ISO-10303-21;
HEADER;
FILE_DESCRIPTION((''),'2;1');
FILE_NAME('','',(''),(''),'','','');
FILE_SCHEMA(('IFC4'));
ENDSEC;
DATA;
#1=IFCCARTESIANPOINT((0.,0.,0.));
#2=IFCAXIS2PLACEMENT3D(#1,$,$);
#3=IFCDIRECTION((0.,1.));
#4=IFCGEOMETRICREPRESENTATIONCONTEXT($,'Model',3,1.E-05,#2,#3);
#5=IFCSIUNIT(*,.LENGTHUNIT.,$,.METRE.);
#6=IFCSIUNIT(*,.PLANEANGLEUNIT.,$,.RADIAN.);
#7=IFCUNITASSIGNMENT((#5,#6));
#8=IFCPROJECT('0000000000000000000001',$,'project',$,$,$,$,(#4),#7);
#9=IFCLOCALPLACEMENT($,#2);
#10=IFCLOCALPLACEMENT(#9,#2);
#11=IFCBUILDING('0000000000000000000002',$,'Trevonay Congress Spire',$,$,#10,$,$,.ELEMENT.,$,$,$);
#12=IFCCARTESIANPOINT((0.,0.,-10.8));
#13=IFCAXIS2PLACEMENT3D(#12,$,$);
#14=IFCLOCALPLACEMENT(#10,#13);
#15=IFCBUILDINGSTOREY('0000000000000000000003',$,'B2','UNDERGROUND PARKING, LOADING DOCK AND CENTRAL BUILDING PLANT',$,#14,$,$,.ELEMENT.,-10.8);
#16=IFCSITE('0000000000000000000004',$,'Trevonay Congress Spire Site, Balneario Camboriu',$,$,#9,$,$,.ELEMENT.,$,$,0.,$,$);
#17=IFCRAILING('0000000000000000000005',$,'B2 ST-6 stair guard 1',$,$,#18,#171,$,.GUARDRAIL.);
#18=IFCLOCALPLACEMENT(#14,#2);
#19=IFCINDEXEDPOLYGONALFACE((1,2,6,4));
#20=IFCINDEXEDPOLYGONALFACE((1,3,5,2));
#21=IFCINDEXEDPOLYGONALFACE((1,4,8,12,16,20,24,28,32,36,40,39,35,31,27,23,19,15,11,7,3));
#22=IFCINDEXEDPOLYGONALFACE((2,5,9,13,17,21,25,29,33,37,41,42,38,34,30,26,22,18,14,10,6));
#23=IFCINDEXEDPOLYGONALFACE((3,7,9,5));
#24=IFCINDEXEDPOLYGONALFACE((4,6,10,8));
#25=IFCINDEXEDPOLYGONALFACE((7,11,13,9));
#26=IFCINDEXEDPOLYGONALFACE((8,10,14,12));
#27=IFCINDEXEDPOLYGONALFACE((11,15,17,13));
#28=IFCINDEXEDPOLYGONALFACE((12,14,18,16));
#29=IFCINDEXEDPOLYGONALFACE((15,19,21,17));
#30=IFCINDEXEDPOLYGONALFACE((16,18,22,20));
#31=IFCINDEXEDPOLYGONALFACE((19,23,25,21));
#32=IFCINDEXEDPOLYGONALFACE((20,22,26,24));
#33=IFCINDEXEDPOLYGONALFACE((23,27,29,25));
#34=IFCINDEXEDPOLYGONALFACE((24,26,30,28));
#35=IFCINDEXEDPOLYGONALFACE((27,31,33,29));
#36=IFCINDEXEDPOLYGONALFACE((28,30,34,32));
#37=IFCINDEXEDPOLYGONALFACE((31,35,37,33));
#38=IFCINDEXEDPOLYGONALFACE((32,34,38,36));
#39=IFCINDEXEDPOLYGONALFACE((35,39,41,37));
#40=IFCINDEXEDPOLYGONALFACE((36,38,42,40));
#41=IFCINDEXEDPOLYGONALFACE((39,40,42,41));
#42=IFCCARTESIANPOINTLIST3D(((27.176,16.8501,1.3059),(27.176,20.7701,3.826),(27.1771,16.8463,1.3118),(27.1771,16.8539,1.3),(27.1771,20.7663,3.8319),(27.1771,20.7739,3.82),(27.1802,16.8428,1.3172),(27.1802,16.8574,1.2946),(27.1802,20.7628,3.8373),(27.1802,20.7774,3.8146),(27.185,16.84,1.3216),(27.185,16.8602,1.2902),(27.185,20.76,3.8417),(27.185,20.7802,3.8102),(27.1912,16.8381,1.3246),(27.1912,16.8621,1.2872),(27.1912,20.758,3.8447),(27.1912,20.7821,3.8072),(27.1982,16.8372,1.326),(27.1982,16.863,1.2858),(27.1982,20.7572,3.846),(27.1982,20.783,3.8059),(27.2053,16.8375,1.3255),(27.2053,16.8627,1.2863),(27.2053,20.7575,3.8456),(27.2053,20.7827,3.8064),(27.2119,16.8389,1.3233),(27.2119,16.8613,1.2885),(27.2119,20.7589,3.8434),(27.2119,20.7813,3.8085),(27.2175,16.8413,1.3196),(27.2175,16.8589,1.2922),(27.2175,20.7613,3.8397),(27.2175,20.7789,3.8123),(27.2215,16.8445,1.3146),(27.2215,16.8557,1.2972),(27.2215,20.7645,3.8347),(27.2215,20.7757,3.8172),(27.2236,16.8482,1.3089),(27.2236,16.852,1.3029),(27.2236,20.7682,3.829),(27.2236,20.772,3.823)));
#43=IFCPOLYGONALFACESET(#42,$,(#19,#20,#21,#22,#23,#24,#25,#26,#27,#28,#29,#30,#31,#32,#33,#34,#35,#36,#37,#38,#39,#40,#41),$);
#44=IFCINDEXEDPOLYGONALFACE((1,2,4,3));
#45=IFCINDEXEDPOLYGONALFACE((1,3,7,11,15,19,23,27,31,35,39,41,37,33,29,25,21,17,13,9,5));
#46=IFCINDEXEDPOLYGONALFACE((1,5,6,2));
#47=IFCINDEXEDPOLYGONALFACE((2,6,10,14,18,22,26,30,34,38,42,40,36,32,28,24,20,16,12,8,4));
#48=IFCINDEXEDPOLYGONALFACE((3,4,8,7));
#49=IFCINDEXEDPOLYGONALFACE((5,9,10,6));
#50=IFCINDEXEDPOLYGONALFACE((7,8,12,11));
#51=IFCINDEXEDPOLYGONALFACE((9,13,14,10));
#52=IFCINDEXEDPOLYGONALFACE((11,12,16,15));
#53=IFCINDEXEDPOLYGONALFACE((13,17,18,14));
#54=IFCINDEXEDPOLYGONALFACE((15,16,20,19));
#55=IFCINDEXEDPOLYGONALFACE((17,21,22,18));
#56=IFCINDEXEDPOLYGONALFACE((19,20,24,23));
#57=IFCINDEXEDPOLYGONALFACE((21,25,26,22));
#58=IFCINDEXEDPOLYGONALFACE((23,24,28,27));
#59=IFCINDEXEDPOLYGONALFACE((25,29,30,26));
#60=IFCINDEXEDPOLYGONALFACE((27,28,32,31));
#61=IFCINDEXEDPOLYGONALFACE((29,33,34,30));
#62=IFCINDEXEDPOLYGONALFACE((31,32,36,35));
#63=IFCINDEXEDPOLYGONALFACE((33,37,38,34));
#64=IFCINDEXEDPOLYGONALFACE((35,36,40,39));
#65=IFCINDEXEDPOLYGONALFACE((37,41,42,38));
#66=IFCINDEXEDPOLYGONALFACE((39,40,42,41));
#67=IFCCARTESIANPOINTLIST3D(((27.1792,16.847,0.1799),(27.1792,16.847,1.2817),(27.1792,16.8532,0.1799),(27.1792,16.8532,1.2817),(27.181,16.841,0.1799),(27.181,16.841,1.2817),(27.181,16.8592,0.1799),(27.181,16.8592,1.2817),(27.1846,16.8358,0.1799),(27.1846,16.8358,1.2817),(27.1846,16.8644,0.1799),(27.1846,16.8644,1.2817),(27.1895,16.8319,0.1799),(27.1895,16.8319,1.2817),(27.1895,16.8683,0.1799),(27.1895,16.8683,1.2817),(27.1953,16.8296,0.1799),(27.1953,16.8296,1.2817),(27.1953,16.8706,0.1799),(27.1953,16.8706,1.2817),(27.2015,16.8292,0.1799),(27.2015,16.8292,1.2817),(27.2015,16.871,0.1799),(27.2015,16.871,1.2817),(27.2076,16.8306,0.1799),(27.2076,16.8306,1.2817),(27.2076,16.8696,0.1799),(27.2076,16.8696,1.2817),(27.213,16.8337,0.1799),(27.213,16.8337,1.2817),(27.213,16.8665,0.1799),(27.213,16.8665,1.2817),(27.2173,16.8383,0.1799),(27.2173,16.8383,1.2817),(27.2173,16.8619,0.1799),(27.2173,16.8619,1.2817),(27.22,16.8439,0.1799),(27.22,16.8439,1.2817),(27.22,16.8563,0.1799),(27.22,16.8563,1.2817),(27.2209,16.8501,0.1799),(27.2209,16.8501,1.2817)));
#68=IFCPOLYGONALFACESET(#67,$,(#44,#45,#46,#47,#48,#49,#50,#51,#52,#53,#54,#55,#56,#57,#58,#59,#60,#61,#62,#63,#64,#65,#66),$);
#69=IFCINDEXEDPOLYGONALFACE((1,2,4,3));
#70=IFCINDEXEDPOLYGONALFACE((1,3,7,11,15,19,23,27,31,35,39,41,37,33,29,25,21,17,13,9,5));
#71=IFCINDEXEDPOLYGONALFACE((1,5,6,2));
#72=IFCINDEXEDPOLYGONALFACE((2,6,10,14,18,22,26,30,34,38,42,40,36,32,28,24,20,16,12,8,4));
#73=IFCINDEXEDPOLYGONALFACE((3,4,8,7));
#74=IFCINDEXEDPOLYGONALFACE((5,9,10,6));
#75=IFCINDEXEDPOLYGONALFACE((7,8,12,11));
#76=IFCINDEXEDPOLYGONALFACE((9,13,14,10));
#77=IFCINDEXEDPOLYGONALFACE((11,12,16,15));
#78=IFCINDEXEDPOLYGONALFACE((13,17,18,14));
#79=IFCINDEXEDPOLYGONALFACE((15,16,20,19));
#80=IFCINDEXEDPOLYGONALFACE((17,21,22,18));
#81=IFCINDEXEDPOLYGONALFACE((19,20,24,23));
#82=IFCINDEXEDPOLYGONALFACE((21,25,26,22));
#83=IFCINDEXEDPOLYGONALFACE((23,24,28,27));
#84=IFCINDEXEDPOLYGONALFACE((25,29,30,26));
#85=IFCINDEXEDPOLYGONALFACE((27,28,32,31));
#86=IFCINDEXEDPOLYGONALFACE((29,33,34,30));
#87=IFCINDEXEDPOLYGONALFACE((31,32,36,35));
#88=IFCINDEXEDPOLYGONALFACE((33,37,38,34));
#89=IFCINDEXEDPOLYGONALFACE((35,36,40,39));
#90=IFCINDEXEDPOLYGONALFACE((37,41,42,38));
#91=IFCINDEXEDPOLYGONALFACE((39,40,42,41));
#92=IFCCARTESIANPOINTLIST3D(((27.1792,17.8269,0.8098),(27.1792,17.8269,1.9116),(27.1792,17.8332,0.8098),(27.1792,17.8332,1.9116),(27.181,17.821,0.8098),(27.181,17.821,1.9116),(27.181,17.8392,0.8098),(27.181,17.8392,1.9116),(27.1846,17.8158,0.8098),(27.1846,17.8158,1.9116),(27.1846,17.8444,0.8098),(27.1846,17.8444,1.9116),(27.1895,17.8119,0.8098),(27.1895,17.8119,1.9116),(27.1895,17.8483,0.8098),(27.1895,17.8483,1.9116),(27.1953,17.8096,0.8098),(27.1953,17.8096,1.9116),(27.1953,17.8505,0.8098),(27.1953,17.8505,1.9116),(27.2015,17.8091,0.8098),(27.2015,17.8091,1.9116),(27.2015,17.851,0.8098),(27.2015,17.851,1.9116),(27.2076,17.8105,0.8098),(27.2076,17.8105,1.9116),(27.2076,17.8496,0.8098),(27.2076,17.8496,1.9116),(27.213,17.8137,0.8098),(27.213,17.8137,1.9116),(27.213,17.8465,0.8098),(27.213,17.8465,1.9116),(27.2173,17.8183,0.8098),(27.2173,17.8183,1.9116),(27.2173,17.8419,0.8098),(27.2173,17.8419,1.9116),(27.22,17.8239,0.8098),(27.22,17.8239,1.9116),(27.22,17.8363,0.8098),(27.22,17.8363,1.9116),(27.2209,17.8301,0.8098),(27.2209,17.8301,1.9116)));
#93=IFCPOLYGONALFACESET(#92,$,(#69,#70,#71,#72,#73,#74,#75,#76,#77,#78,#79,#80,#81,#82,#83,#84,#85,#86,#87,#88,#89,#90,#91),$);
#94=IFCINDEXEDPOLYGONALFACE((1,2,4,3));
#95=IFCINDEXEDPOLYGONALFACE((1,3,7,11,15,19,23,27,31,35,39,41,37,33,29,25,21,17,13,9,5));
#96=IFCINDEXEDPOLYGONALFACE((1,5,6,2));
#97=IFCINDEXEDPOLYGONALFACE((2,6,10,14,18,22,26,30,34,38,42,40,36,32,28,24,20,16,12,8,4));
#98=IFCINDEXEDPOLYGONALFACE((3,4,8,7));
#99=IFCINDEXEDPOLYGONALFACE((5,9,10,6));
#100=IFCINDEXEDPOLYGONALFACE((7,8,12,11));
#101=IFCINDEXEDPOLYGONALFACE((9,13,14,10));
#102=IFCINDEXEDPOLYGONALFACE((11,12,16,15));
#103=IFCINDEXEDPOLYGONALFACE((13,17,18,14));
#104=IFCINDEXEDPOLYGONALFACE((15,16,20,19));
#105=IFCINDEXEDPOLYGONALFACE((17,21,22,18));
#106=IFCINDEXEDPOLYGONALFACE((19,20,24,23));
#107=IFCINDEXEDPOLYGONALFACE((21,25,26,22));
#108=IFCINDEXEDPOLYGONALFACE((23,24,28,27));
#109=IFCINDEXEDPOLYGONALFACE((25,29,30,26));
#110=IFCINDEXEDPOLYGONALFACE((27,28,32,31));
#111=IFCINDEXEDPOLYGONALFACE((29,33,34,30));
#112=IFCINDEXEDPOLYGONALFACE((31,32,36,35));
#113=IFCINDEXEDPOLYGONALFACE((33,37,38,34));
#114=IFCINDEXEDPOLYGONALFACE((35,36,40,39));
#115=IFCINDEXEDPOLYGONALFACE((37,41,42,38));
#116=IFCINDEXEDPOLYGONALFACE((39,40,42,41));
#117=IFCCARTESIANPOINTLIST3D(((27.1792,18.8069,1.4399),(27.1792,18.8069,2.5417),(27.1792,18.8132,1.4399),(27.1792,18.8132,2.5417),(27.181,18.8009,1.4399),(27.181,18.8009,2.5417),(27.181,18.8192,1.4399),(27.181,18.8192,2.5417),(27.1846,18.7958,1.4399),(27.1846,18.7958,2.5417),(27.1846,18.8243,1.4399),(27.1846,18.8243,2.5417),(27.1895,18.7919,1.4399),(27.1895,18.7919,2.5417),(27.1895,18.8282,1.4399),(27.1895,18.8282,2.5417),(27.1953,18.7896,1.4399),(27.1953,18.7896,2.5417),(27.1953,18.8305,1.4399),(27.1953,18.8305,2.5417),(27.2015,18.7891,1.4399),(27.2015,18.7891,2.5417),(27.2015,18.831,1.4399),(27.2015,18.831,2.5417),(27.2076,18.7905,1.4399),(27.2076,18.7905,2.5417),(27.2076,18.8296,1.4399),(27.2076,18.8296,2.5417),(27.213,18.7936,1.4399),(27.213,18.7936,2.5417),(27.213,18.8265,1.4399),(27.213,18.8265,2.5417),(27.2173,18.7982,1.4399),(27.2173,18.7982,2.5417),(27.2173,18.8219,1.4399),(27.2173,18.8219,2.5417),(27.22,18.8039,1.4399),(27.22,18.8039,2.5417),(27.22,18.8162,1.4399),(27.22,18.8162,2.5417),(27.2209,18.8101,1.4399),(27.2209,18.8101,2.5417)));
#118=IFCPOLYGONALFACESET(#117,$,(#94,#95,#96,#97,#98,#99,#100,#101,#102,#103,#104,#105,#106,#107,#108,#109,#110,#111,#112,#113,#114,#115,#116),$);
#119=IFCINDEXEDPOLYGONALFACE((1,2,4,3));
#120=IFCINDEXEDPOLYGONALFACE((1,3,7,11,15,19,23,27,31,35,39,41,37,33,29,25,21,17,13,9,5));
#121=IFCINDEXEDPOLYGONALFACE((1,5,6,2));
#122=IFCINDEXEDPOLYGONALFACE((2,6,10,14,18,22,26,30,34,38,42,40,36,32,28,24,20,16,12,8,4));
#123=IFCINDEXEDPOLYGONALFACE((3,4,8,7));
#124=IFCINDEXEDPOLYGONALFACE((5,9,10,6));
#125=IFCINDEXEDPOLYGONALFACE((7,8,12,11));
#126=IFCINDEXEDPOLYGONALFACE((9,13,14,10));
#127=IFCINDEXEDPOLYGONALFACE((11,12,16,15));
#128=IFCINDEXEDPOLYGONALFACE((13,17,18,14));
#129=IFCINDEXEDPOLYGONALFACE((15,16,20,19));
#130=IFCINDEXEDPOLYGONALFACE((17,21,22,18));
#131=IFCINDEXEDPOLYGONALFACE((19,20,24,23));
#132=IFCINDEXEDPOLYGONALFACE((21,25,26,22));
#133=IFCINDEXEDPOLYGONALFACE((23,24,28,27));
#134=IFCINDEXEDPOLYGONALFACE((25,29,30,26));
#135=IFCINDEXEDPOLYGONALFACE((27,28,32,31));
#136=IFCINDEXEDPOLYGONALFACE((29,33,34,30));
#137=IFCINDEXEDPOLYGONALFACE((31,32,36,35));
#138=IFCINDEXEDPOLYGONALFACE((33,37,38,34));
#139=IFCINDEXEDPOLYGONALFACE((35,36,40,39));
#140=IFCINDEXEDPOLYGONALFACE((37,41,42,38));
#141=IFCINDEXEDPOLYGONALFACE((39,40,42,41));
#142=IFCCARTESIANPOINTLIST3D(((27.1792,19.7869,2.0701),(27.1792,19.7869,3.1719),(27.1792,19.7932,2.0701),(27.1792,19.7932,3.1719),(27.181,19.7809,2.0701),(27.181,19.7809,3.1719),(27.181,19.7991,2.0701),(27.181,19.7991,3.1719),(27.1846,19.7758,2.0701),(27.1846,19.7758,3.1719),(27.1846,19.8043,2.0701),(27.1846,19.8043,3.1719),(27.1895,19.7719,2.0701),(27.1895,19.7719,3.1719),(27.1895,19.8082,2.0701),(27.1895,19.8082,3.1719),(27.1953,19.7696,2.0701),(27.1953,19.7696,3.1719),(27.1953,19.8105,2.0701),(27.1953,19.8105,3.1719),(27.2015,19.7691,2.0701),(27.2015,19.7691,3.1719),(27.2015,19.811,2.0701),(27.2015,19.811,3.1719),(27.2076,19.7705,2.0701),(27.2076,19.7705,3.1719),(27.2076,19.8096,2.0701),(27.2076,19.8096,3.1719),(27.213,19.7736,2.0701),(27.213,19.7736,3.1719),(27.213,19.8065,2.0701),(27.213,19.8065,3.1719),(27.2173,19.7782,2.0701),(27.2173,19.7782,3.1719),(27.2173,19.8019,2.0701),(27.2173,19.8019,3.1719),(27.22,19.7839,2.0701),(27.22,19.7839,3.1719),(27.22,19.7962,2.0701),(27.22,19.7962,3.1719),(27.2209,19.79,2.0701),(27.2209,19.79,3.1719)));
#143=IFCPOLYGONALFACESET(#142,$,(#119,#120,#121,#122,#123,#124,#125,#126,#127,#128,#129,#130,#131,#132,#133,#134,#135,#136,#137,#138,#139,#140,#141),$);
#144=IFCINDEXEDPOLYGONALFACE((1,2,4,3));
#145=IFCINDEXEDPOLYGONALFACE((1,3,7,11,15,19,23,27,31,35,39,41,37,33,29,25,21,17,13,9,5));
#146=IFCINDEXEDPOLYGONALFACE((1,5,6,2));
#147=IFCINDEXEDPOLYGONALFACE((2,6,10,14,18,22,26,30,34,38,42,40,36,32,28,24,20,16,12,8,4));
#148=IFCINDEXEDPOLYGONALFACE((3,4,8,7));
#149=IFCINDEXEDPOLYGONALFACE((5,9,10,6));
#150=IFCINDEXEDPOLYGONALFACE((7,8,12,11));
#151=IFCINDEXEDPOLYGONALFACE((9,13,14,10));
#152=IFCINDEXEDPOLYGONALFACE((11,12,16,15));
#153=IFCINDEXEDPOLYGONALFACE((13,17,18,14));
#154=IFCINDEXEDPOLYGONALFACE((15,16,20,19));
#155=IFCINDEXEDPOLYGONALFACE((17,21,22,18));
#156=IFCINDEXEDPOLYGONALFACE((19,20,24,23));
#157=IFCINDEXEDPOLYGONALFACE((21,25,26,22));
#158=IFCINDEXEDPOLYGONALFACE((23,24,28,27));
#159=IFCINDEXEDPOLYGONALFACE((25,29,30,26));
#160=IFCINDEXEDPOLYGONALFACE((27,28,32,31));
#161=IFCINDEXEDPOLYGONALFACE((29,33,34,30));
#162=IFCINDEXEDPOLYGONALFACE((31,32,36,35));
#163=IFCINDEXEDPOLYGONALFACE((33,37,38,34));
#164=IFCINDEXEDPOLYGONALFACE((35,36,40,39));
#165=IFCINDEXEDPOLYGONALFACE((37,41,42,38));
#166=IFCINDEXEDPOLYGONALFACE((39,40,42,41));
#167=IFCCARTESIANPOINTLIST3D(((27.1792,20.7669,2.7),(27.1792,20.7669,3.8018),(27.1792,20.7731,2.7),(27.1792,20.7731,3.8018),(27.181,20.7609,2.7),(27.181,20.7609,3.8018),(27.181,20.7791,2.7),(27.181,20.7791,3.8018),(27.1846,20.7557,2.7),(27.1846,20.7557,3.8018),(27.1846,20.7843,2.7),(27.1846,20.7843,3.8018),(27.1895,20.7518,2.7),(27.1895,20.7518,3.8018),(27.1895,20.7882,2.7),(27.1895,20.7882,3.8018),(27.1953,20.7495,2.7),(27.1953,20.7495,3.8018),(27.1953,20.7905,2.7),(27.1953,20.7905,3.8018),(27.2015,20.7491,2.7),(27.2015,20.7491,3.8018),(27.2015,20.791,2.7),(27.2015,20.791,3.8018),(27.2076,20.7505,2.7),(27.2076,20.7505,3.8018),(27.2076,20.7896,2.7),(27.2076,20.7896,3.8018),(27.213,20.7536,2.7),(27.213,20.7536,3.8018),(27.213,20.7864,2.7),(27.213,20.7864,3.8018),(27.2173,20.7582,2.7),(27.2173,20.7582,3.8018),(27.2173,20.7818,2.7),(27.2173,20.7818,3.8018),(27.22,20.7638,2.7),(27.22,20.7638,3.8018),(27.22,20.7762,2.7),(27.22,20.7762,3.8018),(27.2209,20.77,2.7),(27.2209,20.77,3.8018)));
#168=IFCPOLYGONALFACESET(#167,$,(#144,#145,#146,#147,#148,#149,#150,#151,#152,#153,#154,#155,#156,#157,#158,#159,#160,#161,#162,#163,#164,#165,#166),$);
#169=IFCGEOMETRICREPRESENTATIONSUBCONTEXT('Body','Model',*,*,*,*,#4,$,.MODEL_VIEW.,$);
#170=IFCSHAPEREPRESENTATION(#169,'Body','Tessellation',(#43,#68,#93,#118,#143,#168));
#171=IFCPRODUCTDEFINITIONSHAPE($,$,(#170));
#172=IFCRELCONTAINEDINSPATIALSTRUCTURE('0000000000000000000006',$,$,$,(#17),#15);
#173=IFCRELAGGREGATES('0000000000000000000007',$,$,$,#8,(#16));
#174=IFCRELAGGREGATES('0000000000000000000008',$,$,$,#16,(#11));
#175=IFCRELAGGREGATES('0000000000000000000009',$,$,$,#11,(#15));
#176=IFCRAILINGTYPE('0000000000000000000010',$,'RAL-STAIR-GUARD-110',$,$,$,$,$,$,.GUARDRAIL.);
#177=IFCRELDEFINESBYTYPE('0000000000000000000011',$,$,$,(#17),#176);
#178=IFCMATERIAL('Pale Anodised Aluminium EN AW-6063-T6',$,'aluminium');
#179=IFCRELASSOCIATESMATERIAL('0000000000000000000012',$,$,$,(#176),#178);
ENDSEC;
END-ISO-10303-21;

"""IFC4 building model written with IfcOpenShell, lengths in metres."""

from ifc_helpers import new_model, si_unit, direction, frame, origin, origin_2d, place, context, subcontext, project, spatial, circle, extrude, material, type_object, element, save


model = new_model("IFC4")

# Units and contexts
model_context = context("Model", 3, precision=1e-05, world=origin(), true_north=direction((0.0, 1.0)))
body_context = subcontext(model_context, "Body", "Model", "MODEL_VIEW")
ifc_project = project(units=[si_unit("LENGTHUNIT", "METRE"), si_unit("PLANEANGLEUNIT", "RADIAN")], contexts=[model_context])

# Site, building, storey
site_placement = place(None, origin())
site = spatial("IfcSite", under=ifc_project, at=site_placement, Name="Trevonay Congress Spire Site, Balneario Camboriu", CompositionType="ELEMENT", RefElevation=0.0)
building_placement = place(site_placement, origin())
building = spatial("IfcBuilding", under=site, at=building_placement, Name="Trevonay Congress Spire", CompositionType="ELEMENT")
storey_placement = place(building_placement, frame((0.0, 0.0, -10.8)))
storey = spatial("IfcBuildingStorey", under=building, at=storey_placement, Name="B2", Description="UNDERGROUND PARKING, LOADING DOCK AND CENTRAL BUILDING PLANT", CompositionType="ELEMENT", Elevation=-10.8)

# Railing
ifc_material_1 = material(Name="Pale Anodised Aluminium EN AW-6063-T6", Category="aluminium")
railing_type_1 = type_object("IfcRailingType", Name="RAL-STAIR-GUARD-110", PredefinedType="GUARDRAIL", material=ifc_material_1)
railing_1_placement = place(storey_placement, frame((27.2, 16.8501, 0.1799)))
element("IfcRailing", 1, at=railing_1_placement, inside=storey, type_object=railing_type_1, Name="B2 ST-6 stair guard 1", PredefinedType="GUARDRAIL", context=body_context, shape_type="SweptSolid", body=[
    extrude(circle(Radius=0.0239, at=origin_2d()), frame((0.0, 0.0, 1.126), z_axis=(0.0, 0.841172, 0.540768), x_axis=(-1.0, 0.0, 0.0)), (0.0, 0.0, 1.0), 4.6602),
    extrude(circle(Radius=0.021, at=origin_2d()), origin(), (0.0, 0.0, 1.0), 1.1018),
    extrude(circle(Radius=0.021, at=origin_2d()), frame((0.0, 0.98, 0.6299)), (0.0, 0.0, 1.0), 1.1018),
    extrude(circle(Radius=0.021, at=origin_2d()), frame((0.0, 1.96, 1.26)), (0.0, 0.0, 1.0), 1.1018),
    extrude(circle(Radius=0.021, at=origin_2d()), frame((0.0, 2.9399, 1.8901)), (0.0, 0.0, 1.0), 1.1018),
    extrude(circle(Radius=0.021, at=origin_2d()), frame((0.0, 3.9199, 2.52)), (0.0, 0.0, 1.0), 1.1018),
])

save(model, "model.ifc")
